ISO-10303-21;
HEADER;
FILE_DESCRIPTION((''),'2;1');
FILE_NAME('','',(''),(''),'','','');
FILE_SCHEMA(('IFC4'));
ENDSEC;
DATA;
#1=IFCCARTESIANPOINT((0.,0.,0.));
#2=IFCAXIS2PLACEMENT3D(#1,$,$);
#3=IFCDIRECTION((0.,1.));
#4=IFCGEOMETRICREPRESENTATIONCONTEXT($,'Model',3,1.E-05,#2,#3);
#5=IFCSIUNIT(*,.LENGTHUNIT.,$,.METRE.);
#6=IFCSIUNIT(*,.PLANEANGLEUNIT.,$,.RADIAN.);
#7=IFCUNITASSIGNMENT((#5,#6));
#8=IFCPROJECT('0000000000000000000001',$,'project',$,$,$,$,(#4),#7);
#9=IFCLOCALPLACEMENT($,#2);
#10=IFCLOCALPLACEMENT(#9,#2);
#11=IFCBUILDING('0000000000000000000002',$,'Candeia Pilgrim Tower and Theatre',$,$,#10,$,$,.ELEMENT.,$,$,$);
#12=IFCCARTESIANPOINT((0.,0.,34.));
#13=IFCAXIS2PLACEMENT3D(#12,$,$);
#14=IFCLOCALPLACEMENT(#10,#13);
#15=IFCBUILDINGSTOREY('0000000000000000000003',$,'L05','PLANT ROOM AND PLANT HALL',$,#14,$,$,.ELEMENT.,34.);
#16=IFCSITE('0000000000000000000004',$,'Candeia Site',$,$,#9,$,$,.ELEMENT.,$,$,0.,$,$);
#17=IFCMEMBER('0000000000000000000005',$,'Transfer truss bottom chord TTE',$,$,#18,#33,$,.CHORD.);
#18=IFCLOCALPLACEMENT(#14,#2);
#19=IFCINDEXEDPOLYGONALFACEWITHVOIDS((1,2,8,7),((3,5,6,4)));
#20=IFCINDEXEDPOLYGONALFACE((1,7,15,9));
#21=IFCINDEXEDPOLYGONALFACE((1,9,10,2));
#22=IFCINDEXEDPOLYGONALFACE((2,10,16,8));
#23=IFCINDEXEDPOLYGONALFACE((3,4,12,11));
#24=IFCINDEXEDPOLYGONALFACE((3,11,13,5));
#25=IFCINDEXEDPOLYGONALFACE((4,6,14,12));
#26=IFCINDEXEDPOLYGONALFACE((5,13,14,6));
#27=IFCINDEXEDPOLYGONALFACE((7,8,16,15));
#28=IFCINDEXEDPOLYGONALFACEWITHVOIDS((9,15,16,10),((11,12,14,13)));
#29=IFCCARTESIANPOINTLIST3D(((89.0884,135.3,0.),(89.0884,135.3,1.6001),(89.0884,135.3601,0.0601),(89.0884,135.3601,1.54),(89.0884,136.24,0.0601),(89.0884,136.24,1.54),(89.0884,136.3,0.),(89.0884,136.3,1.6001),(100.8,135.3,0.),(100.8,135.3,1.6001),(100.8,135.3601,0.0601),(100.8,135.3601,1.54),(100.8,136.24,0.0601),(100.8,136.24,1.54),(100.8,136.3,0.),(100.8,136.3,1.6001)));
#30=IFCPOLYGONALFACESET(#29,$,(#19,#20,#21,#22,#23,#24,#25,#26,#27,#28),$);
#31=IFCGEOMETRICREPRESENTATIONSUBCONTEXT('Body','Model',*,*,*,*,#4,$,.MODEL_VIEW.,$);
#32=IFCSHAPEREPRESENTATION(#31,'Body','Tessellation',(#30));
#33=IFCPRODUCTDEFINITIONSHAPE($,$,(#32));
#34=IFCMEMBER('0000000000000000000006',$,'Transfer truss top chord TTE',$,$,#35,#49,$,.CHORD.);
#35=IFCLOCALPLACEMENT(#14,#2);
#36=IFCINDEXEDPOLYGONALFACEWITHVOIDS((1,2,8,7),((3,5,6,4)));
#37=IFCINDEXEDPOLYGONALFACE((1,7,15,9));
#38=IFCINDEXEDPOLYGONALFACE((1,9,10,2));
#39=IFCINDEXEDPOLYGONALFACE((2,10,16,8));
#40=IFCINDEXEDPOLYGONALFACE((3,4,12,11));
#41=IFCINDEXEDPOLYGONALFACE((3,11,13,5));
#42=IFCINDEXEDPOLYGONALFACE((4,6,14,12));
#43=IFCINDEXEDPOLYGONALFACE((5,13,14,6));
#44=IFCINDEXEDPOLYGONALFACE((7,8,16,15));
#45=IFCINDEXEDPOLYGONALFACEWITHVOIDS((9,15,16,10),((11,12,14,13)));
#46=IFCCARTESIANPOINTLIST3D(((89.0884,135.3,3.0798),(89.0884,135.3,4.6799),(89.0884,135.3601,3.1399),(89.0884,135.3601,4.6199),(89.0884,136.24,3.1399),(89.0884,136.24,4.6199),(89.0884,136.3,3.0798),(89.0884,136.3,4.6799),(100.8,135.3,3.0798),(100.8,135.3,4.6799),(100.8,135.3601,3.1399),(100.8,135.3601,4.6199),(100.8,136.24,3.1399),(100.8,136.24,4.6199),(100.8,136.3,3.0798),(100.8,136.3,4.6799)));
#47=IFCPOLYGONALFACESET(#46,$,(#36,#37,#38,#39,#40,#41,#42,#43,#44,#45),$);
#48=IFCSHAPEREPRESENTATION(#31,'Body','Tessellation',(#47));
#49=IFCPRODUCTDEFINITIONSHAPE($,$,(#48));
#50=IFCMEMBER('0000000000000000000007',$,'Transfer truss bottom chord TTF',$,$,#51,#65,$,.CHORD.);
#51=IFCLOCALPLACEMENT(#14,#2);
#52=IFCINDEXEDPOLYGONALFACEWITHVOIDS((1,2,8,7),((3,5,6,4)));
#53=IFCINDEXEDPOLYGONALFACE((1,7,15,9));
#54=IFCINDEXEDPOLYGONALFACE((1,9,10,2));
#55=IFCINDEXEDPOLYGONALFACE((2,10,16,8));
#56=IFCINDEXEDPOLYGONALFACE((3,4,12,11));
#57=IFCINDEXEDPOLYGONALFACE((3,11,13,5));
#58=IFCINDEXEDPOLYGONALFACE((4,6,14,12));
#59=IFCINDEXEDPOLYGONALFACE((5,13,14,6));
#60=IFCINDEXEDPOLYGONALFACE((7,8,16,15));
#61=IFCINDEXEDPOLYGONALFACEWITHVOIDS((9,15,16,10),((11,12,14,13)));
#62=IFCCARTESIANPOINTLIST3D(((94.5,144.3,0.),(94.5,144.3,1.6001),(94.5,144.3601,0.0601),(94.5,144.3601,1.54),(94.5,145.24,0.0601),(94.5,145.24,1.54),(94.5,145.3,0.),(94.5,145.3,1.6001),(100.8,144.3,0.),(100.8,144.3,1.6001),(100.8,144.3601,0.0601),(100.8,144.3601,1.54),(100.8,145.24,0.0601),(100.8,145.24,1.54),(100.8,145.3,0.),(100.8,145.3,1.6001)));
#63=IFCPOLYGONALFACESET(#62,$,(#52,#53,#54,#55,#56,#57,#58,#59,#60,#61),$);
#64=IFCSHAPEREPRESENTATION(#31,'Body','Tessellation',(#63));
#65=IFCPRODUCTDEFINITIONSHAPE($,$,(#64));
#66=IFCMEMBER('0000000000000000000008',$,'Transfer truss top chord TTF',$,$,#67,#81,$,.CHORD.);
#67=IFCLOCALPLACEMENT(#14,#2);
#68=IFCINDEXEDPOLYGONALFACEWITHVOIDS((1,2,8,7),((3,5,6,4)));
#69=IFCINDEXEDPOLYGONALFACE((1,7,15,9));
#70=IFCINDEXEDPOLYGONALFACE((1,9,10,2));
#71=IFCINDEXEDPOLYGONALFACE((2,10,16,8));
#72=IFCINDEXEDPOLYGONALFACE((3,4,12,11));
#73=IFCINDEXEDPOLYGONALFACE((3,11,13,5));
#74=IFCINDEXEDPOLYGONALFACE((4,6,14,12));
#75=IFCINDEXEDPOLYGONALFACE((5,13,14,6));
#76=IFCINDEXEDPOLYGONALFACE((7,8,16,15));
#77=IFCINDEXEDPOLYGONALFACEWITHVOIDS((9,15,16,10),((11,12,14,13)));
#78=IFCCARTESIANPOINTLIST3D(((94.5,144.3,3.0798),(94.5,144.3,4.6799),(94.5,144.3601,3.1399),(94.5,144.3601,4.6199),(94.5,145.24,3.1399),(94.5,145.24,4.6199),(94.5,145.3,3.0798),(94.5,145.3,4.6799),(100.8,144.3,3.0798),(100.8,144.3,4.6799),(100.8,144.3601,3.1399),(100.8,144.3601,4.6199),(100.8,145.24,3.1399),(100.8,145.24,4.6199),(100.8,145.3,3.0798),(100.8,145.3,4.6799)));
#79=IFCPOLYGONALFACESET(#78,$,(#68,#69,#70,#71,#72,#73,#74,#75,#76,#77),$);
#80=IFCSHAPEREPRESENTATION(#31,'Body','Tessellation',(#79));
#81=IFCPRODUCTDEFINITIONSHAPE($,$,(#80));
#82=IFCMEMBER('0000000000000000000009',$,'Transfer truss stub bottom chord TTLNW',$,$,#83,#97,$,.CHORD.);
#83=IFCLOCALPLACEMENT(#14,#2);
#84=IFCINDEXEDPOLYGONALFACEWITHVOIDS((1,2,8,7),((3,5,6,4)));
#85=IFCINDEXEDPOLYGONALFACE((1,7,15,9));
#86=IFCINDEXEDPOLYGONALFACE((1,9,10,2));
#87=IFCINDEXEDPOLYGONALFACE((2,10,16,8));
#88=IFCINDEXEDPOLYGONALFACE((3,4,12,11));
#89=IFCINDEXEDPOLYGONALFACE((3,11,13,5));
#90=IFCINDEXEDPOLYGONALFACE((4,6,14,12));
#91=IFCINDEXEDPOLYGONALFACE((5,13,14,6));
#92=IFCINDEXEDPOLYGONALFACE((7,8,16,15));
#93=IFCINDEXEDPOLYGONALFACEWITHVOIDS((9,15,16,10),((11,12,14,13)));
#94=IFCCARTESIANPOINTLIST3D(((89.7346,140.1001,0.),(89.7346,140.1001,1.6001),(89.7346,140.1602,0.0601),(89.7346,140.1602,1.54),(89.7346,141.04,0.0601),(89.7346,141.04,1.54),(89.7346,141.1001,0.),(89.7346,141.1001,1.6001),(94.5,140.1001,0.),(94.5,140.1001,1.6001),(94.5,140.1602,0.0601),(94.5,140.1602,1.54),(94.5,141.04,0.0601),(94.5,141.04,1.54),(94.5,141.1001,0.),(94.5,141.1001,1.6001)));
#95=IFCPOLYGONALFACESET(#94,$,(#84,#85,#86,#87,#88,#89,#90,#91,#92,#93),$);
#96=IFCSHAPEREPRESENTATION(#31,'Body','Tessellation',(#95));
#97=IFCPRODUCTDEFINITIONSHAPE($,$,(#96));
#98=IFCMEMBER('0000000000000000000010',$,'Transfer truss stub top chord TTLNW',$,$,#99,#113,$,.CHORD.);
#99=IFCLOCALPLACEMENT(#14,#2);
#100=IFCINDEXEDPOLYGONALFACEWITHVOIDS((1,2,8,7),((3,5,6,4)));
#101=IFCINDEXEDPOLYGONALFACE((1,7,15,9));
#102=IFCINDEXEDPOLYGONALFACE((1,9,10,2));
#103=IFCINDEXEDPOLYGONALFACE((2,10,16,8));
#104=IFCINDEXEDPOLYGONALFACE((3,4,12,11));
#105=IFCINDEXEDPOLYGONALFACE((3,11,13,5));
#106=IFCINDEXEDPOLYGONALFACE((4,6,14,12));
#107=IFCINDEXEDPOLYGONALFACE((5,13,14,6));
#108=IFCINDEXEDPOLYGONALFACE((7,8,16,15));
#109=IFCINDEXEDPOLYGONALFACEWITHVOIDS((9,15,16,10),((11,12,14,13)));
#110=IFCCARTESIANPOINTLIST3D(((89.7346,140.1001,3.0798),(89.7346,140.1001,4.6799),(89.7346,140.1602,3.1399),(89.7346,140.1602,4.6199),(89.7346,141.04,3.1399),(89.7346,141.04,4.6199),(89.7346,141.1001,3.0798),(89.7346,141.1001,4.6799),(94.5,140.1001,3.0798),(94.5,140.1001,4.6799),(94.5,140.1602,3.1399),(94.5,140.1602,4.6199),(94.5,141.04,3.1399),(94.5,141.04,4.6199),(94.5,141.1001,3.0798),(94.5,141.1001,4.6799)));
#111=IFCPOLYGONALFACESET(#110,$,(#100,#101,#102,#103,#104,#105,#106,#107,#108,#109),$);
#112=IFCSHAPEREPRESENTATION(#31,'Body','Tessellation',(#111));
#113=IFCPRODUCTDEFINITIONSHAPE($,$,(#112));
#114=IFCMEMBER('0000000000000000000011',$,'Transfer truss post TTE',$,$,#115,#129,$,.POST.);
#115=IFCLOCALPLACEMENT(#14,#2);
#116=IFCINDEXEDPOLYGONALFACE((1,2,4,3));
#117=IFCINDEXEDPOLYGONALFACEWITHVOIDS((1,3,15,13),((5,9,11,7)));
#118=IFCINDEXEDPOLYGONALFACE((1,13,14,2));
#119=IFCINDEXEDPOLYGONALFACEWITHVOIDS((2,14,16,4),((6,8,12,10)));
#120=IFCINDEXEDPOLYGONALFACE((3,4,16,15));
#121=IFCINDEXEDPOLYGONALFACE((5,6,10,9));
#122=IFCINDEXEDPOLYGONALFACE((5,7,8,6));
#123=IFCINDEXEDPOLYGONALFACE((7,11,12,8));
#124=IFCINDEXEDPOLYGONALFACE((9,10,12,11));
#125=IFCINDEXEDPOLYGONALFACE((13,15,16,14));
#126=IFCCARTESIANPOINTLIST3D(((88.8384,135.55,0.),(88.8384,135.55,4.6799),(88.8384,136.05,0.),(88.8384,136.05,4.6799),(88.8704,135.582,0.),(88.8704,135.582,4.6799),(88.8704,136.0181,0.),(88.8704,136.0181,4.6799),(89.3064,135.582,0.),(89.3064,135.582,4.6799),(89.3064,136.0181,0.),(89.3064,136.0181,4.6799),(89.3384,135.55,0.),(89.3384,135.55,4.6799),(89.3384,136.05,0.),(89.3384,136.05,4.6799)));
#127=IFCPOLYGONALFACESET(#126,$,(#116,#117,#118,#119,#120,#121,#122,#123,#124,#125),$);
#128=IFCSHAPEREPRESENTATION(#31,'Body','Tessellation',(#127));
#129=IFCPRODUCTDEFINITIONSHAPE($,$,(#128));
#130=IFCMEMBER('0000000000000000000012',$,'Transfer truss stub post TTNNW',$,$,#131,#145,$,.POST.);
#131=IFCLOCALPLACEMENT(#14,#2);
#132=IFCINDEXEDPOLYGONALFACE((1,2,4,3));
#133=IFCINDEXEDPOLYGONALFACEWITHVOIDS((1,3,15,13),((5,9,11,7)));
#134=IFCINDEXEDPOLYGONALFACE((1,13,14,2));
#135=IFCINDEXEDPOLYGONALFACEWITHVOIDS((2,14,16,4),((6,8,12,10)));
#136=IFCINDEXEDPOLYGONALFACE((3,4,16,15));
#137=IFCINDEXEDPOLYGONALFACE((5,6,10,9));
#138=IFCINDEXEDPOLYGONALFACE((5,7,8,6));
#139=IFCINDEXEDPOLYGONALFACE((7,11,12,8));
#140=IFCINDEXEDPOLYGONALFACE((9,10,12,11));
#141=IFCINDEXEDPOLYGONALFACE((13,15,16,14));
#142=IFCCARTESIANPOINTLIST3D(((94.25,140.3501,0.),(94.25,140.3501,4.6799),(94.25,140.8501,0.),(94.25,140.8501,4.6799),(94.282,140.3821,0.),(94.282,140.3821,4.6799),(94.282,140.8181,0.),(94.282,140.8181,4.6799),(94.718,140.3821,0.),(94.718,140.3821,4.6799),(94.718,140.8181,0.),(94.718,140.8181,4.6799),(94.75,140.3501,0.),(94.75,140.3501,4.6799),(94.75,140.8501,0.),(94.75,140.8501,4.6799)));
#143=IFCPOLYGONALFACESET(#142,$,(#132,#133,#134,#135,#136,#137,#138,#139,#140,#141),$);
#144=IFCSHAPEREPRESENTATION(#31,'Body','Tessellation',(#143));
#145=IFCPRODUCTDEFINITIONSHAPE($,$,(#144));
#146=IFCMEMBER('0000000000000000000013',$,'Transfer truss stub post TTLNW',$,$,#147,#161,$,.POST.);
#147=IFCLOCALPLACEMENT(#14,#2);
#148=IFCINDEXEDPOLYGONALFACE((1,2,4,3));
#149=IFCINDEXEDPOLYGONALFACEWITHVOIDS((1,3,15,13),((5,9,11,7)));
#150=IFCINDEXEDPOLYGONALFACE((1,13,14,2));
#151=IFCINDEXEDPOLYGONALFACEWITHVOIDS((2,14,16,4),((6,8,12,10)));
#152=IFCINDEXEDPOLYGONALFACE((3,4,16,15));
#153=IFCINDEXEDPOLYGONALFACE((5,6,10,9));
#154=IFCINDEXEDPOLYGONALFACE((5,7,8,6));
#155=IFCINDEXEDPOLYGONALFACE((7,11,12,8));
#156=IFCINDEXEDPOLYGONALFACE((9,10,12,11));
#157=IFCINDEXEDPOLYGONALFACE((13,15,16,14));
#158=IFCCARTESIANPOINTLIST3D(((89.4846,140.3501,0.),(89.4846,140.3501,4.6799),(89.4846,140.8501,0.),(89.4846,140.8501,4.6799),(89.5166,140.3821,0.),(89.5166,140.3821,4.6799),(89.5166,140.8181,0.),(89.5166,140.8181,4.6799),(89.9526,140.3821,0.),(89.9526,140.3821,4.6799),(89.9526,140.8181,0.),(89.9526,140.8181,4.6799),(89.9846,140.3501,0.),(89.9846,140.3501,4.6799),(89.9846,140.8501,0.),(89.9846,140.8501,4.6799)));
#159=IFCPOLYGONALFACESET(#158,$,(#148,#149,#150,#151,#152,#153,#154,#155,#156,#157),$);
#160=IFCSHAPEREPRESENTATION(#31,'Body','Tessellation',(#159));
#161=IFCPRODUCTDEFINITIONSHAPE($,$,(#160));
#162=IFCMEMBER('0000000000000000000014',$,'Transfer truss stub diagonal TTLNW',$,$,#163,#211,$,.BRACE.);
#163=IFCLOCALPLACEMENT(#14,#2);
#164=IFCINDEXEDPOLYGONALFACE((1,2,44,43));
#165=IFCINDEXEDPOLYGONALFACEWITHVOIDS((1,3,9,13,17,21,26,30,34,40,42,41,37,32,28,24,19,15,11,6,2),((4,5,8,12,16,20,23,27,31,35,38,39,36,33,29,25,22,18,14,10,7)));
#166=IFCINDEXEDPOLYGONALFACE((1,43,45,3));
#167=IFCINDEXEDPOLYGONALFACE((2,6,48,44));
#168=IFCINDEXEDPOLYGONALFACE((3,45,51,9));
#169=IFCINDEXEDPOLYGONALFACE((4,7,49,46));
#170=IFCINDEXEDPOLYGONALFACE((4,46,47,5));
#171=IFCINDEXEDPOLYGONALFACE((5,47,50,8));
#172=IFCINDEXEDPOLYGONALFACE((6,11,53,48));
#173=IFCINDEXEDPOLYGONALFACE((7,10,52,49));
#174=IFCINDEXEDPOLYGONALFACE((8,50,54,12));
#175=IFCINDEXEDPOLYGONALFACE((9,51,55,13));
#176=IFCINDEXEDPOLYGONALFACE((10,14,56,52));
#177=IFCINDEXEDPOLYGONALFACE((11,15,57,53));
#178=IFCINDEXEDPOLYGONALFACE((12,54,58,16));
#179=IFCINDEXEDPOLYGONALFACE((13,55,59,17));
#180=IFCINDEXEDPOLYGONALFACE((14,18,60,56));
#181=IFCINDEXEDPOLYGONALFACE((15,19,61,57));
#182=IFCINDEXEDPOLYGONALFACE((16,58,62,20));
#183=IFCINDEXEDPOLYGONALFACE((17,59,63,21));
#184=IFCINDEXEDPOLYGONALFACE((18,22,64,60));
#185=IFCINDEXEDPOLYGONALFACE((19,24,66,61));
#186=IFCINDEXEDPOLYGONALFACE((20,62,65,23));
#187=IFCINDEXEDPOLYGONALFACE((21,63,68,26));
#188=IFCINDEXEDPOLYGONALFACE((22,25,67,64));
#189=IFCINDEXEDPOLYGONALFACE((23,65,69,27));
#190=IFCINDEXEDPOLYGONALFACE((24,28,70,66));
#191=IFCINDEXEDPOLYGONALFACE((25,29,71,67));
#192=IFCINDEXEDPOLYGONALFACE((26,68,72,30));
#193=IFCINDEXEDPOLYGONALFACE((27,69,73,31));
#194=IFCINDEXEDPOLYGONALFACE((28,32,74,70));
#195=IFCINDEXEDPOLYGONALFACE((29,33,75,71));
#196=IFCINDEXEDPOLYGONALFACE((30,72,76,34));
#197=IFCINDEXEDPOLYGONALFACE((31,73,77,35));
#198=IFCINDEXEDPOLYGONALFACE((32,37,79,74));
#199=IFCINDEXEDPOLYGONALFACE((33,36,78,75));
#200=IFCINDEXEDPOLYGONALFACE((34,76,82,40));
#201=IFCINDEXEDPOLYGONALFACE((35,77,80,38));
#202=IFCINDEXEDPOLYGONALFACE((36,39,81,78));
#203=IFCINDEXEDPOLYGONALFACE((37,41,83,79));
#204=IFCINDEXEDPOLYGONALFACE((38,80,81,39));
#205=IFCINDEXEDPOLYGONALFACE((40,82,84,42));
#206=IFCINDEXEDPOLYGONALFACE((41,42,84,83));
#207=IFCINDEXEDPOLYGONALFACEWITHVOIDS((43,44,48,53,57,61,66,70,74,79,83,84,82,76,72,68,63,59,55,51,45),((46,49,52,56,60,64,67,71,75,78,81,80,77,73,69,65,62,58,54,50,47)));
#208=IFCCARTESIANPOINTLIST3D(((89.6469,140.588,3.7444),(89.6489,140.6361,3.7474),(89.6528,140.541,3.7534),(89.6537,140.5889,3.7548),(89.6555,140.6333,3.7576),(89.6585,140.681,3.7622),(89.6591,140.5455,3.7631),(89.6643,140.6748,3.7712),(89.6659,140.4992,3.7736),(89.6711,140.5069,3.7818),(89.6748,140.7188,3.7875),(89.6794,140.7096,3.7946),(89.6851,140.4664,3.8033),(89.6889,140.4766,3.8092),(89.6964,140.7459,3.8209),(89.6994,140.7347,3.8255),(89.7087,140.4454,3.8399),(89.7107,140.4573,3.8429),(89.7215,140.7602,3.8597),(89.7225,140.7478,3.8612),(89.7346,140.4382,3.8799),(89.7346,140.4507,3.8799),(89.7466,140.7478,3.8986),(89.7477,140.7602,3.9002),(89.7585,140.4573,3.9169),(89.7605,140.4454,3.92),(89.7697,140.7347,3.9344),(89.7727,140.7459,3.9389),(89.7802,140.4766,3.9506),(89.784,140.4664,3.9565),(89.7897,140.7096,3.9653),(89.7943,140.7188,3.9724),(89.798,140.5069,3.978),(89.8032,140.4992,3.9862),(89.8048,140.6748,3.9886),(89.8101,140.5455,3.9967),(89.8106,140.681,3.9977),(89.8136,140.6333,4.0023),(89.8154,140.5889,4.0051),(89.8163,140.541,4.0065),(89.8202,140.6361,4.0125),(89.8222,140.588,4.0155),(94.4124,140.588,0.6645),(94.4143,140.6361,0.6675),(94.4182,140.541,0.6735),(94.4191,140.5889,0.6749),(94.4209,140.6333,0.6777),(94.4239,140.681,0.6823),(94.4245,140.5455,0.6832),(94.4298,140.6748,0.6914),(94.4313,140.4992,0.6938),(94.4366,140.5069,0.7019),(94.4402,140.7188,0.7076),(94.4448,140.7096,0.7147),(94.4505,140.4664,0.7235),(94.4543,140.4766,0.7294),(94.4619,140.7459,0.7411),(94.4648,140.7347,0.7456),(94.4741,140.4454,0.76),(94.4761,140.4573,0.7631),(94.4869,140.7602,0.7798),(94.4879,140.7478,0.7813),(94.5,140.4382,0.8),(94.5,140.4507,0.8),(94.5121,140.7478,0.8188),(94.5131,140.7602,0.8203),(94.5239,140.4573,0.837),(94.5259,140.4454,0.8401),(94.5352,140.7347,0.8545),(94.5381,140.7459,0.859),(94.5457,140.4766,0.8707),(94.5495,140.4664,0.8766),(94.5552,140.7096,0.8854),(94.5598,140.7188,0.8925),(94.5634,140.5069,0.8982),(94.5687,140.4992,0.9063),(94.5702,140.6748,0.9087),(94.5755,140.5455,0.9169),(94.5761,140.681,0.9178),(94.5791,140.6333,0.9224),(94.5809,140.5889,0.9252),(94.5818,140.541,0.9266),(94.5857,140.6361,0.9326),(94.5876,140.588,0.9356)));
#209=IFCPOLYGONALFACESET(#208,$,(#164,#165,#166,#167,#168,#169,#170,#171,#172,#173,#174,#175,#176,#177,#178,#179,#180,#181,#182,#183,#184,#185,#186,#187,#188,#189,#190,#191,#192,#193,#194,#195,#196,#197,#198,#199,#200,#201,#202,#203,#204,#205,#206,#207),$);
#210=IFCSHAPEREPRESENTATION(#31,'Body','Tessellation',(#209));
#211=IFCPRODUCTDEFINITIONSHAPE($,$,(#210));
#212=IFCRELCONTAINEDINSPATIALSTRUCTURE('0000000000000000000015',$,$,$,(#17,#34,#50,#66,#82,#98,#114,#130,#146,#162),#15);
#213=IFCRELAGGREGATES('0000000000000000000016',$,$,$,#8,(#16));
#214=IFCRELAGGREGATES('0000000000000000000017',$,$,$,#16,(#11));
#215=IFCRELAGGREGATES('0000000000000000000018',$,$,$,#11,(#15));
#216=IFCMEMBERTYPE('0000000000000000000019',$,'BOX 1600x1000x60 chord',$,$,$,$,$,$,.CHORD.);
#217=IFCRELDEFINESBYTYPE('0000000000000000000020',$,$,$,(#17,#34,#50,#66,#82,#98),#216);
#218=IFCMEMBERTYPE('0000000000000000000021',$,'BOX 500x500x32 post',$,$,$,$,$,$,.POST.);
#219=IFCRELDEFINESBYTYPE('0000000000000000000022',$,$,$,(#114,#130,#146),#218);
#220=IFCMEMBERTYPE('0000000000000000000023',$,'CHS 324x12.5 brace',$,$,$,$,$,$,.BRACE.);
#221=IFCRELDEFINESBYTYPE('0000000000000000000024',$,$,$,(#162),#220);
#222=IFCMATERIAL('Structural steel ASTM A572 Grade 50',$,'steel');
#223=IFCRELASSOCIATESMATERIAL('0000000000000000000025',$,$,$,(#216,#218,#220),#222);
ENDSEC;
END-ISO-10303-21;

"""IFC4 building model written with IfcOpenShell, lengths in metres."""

from ifc_helpers import new_model, si_unit, direction, frame, origin, origin_2d, place, context, subcontext, project, spatial, hollow_rectangle, hollow_circle, extrude, material, material_profile, profile_set, type_object, element, save


model = new_model("IFC4")

# Units and contexts
model_context = context("Model", 3, precision=1e-05, world=origin(), true_north=direction((0.0, 1.0)))
body_context = subcontext(model_context, "Body", "Model", "MODEL_VIEW")
ifc_project = project(units=[si_unit("LENGTHUNIT", "METRE"), si_unit("PLANEANGLEUNIT", "RADIAN")], contexts=[model_context])

# Site, building, storey
site_placement = place(None, origin())
site = spatial("IfcSite", under=ifc_project, at=site_placement, Name="Candeia Site", CompositionType="ELEMENT", RefElevation=0.0)
building_placement = place(site_placement, origin())
building = spatial("IfcBuilding", under=site, at=building_placement, Name="Candeia Pilgrim Tower and Theatre", CompositionType="ELEMENT")
storey_placement = place(building_placement, frame((0.0, 0.0, 34.0)))
storey = spatial("IfcBuildingStorey", under=building, at=storey_placement, Name="L05", Description="PLANT ROOM AND PLANT HALL", CompositionType="ELEMENT", Elevation=34.0)

# Members
ifc_material_1 = material(Name="Structural steel ASTM A572 Grade 50", Category="steel")
ifc_material_profile_1 = material_profile(ifc_material_1, hollow_rectangle(XDim=1.0, YDim=1.6001, WallThickness=0.0601, at=origin_2d()))
ifc_profile_set_1 = profile_set([ifc_material_profile_1], Name="Structural steel ASTM A572 Grade 50")
member_type_1 = type_object("IfcMemberType", Name="BOX 1600x1000x60 chord", PredefinedType="CHORD", material=ifc_profile_set_1)
for number, where, z_axis, x_axis, name in (
    (1, (89.0884, 135.8, 0.8), (1.0, 0.0, 0.0), (0.0, 1.0, 0.0), "Transfer truss bottom chord TTE"),
    (2, (89.0884, 135.8, 3.8799), (1.0, 0.0, 0.0), (0.0, 1.0, 0.0), "Transfer truss top chord TTE"),
):
    element("IfcMember", number, at=place(storey_placement, frame(where, z_axis=z_axis, x_axis=x_axis)), inside=storey, type_object=member_type_1, Name=name, PredefinedType="CHORD", context=body_context, shape_type="SweptSolid", body=[
        extrude(hollow_rectangle(XDim=1.0, YDim=1.6001, WallThickness=0.0601, at=origin_2d()), origin(), (0.0, 0.0, 1.0), 11.7117),
    ])
for number, where, z_axis, x_axis, name in (
    (3, (94.5, 144.8, 0.8), (1.0, 0.0, 0.0), (0.0, 1.0, 0.0), "Transfer truss bottom chord TTF"),
    (4, (94.5, 144.8, 3.8799), (1.0, 0.0, 0.0), (0.0, 1.0, 0.0), "Transfer truss top chord TTF"),
):
    element("IfcMember", number, at=place(storey_placement, frame(where, z_axis=z_axis, x_axis=x_axis)), inside=storey, type_object=member_type_1, Name=name, PredefinedType="CHORD", context=body_context, shape_type="SweptSolid", body=[
        extrude(hollow_rectangle(XDim=1.0, YDim=1.6001, WallThickness=0.0601, at=origin_2d()), origin(), (0.0, 0.0, 1.0), 6.3),
    ])
for number, where, z_axis, x_axis, name in (
    (5, (94.5, 140.6001, 0.8), (-1.0, 0.0, 0.0), (0.0, -1.0, 0.0), "Transfer truss stub bottom chord TTLNW"),
    (6, (94.5, 140.6001, 3.8799), (-1.0, 0.0, 0.0), (0.0, -1.0, 0.0), "Transfer truss stub top chord TTLNW"),
):
    element("IfcMember", number, at=place(storey_placement, frame(where, z_axis=z_axis, x_axis=x_axis)), inside=storey, type_object=member_type_1, Name=name, PredefinedType="CHORD", context=body_context, shape_type="SweptSolid", body=[
        extrude(hollow_rectangle(XDim=1.0, YDim=1.6001, WallThickness=0.0601, at=origin_2d()), origin(), (0.0, 0.0, 1.0), 4.7654),
    ])
ifc_material_profile_2 = material_profile(ifc_material_1, hollow_rectangle(XDim=0.5, YDim=0.5, WallThickness=0.032, at=origin_2d()))
ifc_profile_set_2 = profile_set([ifc_material_profile_2], Name="Structural steel ASTM A572 Grade 50")
member_type_2 = type_object("IfcMemberType", Name="BOX 500x500x32 post", PredefinedType="POST", material=ifc_profile_set_2)
for number, where, z_axis, x_axis, name in (
    (7, (89.0884, 135.8, 0.0), (0.0, 0.0, 1.0), (1.0, 0.0, 0.0), "Transfer truss post TTE"),
    (8, (94.5, 140.6001, 0.0), (0.0, 0.0, 1.0), (1.0, 0.0, 0.0), "Transfer truss stub post TTNNW"),
    (9, (89.7346, 140.6001, 0.0), (0.0, 0.0, 1.0), (1.0, 0.0, 0.0), "Transfer truss stub post TTLNW"),
):
    element("IfcMember", number, at=place(storey_placement, frame(where, z_axis=z_axis, x_axis=x_axis)), inside=storey, type_object=member_type_2, Name=name, PredefinedType="POST", context=body_context, shape_type="SweptSolid", body=[
        extrude(hollow_rectangle(XDim=0.5, YDim=0.5, WallThickness=0.032, at=origin_2d()), origin(), (0.0, 0.0, 1.0), 4.6799),
    ])
ifc_material_profile_3 = material_profile(ifc_material_1, hollow_circle(Radius=0.1619, WallThickness=0.0125, at=origin_2d()))
ifc_profile_set_3 = profile_set([ifc_material_profile_3], Name="Structural steel ASTM A572 Grade 50")
member_type_3 = type_object("IfcMemberType", Name="CHS 324x12.5 brace", PredefinedType="BRACE", material=ifc_profile_set_3)
member_1_placement = place(storey_placement, frame((94.5, 140.6001, 0.8), z_axis=(-0.839863, 0.0, 0.542798), x_axis=(0.0, -1.0, 0.0)))
element("IfcMember", 10, at=member_1_placement, inside=storey, type_object=member_type_3, Name="Transfer truss stub diagonal TTLNW", PredefinedType="BRACE", context=body_context, shape_type="SweptSolid", body=[
    extrude(hollow_circle(Radius=0.1619, WallThickness=0.0125, at=origin_2d()), origin(), (0.0, 0.0, 1.0), 5.6741),
])

save(model, "model.ifc")
